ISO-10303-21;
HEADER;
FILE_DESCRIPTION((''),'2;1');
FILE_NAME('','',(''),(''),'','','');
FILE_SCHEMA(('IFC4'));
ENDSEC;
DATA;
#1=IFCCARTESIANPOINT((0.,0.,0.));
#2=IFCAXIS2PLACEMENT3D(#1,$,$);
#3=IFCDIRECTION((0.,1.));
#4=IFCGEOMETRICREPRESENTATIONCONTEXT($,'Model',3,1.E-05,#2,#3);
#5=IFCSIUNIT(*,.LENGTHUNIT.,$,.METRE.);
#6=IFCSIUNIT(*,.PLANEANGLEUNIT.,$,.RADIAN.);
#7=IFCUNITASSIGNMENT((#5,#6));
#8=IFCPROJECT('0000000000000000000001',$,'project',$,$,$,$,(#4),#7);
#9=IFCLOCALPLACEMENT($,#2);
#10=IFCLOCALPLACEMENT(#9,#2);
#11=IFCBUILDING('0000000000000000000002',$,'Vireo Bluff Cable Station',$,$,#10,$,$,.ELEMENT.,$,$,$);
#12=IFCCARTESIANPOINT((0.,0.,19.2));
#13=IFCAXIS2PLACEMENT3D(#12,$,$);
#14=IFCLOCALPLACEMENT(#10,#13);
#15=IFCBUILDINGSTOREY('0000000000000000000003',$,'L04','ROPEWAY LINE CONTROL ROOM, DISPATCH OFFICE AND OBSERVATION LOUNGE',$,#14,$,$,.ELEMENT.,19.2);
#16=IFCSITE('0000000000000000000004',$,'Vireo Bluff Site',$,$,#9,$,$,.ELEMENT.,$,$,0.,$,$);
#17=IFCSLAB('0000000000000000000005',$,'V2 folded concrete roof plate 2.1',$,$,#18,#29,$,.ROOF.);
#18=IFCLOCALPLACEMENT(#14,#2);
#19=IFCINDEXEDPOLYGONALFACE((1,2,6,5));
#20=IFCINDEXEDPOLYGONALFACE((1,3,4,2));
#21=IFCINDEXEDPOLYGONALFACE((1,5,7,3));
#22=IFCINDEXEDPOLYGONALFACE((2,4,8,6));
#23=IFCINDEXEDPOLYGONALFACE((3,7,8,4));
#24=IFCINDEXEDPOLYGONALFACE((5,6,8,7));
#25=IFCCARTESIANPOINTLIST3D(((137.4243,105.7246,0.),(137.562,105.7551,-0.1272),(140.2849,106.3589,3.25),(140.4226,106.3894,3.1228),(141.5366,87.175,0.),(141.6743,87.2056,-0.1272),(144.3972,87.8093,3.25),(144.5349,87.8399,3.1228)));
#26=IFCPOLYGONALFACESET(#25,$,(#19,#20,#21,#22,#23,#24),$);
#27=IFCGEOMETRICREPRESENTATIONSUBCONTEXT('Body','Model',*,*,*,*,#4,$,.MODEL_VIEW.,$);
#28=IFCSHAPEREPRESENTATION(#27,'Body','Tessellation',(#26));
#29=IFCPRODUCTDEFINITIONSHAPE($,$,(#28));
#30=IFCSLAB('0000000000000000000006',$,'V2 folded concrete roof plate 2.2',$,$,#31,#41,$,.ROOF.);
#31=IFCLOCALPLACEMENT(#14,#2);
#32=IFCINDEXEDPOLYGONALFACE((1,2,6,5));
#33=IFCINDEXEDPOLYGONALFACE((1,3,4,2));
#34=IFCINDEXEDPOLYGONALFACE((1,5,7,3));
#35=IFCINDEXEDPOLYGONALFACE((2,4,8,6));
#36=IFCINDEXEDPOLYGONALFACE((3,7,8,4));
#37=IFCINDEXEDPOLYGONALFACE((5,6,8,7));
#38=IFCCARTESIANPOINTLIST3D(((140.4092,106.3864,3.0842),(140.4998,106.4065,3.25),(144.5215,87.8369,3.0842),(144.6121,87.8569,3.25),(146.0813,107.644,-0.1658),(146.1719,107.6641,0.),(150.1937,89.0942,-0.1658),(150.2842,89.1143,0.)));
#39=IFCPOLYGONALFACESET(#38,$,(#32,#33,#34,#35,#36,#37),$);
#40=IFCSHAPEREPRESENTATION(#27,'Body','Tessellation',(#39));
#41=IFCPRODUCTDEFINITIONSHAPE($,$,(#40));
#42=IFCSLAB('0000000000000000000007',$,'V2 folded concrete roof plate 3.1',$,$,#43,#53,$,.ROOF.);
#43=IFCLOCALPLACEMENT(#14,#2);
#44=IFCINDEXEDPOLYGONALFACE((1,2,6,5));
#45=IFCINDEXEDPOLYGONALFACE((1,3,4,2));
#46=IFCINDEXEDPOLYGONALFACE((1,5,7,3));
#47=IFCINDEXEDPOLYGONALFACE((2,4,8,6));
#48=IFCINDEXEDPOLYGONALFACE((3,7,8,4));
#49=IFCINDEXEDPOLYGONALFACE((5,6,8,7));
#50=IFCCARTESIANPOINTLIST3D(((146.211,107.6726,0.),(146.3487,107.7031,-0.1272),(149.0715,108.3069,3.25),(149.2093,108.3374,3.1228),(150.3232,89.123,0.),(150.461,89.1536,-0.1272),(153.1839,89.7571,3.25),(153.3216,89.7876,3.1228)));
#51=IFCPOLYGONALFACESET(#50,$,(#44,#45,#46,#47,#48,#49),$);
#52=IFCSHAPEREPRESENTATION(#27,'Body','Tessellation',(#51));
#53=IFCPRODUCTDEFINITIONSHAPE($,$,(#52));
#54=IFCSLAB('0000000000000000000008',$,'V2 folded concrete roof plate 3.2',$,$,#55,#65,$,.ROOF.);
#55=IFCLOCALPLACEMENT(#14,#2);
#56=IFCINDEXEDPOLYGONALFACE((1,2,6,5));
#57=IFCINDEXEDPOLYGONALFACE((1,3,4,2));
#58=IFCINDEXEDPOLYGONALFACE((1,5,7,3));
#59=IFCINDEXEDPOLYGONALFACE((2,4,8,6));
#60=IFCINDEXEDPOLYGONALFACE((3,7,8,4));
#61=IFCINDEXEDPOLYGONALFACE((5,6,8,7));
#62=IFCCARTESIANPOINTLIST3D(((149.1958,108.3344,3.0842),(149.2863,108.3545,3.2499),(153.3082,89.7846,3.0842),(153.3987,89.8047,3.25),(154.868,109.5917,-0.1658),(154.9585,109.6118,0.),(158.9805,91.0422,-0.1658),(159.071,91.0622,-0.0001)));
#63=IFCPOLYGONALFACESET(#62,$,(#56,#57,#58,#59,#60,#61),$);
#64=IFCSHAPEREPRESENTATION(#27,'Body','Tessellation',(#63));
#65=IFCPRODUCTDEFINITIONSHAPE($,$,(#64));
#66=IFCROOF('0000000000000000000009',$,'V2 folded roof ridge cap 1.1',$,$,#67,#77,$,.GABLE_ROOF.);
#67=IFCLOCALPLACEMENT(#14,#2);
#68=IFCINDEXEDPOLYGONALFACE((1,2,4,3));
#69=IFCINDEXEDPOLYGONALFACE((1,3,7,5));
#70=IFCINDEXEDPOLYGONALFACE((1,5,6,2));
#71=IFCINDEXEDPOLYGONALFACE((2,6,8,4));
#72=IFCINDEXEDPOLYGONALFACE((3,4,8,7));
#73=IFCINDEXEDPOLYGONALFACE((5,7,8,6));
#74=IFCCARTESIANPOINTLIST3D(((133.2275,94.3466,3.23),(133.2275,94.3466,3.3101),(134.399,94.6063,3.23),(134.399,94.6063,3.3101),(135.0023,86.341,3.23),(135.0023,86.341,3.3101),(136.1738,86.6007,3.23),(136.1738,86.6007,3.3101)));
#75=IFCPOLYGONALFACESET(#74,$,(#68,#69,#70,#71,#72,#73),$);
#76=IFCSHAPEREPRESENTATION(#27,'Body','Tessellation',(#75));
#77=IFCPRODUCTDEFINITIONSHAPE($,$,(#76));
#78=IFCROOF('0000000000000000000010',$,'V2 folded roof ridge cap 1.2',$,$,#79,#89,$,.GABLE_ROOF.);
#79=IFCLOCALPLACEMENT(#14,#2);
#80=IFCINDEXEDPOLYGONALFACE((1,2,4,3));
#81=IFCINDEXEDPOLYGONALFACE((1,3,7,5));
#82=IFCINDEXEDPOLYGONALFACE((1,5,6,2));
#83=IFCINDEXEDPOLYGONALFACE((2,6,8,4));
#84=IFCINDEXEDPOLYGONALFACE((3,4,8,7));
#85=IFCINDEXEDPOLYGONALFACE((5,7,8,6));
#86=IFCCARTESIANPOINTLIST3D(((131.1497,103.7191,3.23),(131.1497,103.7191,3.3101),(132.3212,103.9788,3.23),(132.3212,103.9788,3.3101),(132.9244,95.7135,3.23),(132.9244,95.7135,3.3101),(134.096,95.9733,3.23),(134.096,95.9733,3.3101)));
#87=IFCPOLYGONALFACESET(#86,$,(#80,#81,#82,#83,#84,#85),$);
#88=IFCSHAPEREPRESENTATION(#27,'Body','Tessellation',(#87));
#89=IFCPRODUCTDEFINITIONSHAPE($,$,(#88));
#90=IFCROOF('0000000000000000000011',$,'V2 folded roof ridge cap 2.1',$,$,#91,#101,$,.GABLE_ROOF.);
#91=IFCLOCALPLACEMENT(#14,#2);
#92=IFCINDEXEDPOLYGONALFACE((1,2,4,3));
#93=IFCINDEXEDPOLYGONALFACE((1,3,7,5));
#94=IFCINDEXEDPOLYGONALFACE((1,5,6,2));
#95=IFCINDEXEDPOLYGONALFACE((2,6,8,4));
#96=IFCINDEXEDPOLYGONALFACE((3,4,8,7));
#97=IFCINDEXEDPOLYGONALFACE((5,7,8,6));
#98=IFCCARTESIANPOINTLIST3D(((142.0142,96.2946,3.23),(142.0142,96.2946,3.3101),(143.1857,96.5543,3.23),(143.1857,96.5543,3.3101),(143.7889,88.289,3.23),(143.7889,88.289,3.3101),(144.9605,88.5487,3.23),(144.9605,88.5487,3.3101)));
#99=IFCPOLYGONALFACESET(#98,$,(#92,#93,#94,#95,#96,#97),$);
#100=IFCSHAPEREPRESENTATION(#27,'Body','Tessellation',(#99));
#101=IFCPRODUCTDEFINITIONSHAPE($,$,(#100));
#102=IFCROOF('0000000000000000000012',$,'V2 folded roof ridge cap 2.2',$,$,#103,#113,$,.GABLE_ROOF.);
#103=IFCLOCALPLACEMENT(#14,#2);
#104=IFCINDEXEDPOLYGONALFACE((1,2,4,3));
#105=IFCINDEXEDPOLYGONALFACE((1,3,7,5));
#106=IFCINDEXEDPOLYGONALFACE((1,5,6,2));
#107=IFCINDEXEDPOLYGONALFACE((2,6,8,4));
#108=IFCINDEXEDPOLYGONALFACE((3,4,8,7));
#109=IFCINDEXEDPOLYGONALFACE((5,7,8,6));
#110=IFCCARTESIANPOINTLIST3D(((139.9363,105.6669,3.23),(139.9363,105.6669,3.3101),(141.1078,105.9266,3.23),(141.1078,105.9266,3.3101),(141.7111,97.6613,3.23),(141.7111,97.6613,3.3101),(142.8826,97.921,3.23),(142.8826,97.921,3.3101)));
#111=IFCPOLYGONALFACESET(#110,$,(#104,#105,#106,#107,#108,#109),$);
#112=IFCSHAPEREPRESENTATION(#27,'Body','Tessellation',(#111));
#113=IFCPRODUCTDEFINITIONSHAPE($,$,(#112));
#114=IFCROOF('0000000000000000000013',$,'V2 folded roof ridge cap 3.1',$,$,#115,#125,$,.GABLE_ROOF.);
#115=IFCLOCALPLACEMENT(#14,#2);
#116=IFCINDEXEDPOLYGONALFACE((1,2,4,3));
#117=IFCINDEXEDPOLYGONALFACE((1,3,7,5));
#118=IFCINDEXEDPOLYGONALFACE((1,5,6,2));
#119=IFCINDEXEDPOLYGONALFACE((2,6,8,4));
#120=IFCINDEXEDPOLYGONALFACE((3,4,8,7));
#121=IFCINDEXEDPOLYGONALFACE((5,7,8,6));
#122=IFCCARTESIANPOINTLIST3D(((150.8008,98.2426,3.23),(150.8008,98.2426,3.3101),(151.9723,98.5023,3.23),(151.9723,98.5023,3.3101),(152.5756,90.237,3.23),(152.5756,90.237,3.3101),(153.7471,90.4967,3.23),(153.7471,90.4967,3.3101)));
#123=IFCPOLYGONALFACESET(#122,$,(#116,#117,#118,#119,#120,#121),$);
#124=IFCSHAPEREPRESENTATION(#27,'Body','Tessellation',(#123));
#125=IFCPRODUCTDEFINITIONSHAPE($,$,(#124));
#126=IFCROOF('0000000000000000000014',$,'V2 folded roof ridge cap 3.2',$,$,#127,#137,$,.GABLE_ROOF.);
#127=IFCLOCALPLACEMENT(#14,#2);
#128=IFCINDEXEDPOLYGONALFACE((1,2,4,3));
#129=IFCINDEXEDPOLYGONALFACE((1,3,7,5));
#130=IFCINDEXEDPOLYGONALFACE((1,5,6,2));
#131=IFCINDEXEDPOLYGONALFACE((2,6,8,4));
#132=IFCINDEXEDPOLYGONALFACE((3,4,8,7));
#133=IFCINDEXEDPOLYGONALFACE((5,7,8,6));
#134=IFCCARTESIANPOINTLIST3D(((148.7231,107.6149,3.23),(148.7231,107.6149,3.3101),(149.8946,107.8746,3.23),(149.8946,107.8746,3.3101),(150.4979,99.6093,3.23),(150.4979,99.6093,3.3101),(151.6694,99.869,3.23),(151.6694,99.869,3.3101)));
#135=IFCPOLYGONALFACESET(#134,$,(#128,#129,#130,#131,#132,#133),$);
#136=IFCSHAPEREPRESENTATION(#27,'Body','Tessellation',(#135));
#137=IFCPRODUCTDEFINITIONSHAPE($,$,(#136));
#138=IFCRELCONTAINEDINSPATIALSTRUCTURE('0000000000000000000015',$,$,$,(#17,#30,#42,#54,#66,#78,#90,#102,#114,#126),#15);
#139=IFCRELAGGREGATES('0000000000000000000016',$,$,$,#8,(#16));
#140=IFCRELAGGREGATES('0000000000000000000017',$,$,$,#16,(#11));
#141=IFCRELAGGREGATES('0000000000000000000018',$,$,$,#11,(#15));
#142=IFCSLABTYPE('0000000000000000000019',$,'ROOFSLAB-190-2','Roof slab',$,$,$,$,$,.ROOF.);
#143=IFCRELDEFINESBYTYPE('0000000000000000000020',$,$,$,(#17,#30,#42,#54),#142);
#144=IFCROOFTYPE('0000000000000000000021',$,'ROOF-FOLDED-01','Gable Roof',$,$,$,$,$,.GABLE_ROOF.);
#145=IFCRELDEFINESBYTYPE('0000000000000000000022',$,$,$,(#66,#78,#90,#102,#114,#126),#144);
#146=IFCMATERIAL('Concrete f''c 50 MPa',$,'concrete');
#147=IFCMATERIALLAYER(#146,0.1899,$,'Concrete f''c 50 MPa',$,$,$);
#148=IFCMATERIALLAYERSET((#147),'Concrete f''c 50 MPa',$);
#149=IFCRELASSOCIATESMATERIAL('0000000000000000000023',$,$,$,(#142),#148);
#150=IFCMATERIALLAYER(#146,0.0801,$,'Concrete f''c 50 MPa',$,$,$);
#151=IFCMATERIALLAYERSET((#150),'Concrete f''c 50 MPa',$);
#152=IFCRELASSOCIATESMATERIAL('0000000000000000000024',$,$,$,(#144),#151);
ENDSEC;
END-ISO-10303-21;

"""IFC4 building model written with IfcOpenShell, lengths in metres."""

from ifc_helpers import new_model, si_unit, direction, frame, origin, origin_2d, place, context, subcontext, project, spatial, polyline, rectangle, outline, extrude, material, layer, layer_set, type_object, element, save


model = new_model("IFC4")

# Units and contexts
model_context = context("Model", 3, precision=1e-05, world=origin(), true_north=direction((0.0, 1.0)))
body_context = subcontext(model_context, "Body", "Model", "MODEL_VIEW")
ifc_project = project(units=[si_unit("LENGTHUNIT", "METRE"), si_unit("PLANEANGLEUNIT", "RADIAN")], contexts=[model_context])

# Site, building, storey
site_placement = place(None, origin())
site = spatial("IfcSite", under=ifc_project, at=site_placement, Name="Vireo Bluff Site", CompositionType="ELEMENT", RefElevation=0.0)
building_placement = place(site_placement, origin())
building = spatial("IfcBuilding", under=site, at=building_placement, Name="Vireo Bluff Cable Station", CompositionType="ELEMENT")
storey_placement = place(building_placement, frame((0.0, 0.0, 19.2)))
storey = spatial("IfcBuildingStorey", under=building, at=storey_placement, Name="L04", Description="ROPEWAY LINE CONTROL ROOM, DISPATCH OFFICE AND OBSERVATION LOUNGE", CompositionType="ELEMENT", Elevation=19.2)

# Slabs
ifc_material_1 = material(Name="Concrete f'c 50 MPa", Category="concrete")
ifc_layer_1 = layer(ifc_material_1, 0.1899, Name="Concrete f'c 50 MPa")
ifc_layer_set_1 = layer_set([ifc_layer_1], Name="Concrete f'c 50 MPa")
slab_type = type_object("IfcSlabType", Name="ROOFSLAB-190-2", Description="Roof slab", PredefinedType="ROOF", material=ifc_layer_set_1)
slab_1_placement = place(storey_placement, frame((141.5366, 87.175, 0.0), z_axis=(-0.725113, -0.160752, 0.669605), x_axis=(0.653728, 0.14495, 0.742718)))
element("IfcSlab", 1, at=slab_1_placement, inside=storey, type_object=slab_type, Name="V2 folded concrete roof plate 2.1", PredefinedType="ROOF", context=body_context, shape_type="SweptSolid", body=[
    extrude(outline(polyline([(0.0, 0.0), (4.3758, 0.0), (4.3763, 18.9999), (0.0004, 18.9999), (0.0, 0.0)])), origin(), (0.0, 0.0, -1.0), 0.1899),
])
slab_2_placement = place(storey_placement, frame((144.6121, 87.8569, 3.25), z_axis=(0.476631, 0.105665, 0.87273), x_axis=(0.852048, 0.188871, -0.488203)))
element("IfcSlab", 2, at=slab_2_placement, inside=storey, type_object=slab_type, Name="V2 folded concrete roof plate 2.2", PredefinedType="ROOF", context=body_context, shape_type="SweptSolid", body=[
    extrude(outline(polyline([(0.0, 0.0), (6.657, 0.0), (6.6567, 19.0002), (-0.0004, 18.9999), (0.0, 0.0)])), origin(), (0.0, 0.0, -1.0), 0.1899),
])
slab_3_placement = place(storey_placement, frame((150.3232, 89.123, 0.0), z_axis=(-0.725116, -0.160752, 0.669601), x_axis=(0.653736, 0.144897, 0.742721)))
element("IfcSlab", 3, at=slab_3_placement, inside=storey, type_object=slab_type, Name="V2 folded concrete roof plate 3.1", PredefinedType="ROOF", context=body_context, shape_type="SweptSolid", body=[
    extrude(outline(polyline([(0.0, 0.0), (4.3758, 0.0), (4.3752, 19.0002), (-0.0006, 18.9999), (0.0, 0.0)])), origin(), (0.0, 0.0, -1.0), 0.1899),
])
slab_4_placement = place(storey_placement, frame((153.3987, 89.8047, 3.25), z_axis=(0.476622, 0.105666, 0.872735), x_axis=(0.852046, 0.188899, -0.488195)))
element("IfcSlab", 4, at=slab_4_placement, inside=storey, type_object=slab_type, Name="V2 folded concrete roof plate 3.2", PredefinedType="ROOF", context=body_context, shape_type="SweptSolid", body=[
    extrude(outline(polyline([(0.0, 0.0), (6.6573, 0.0), (6.6572, 19.0), (0.0002, 19.0002), (0.0, 0.0)])), origin(), (0.0, 0.0, -1.0), 0.1899),
])

# Roofs
ifc_layer_2 = layer(ifc_material_1, 0.0801, Name="Concrete f'c 50 MPa")
ifc_layer_set_2 = layer_set([ifc_layer_2], Name="Concrete f'c 50 MPa")
roof_type = type_object("IfcRoofType", Name="ROOF-FOLDED-01", Description="Gable Roof", PredefinedType="GABLE_ROOF", material=ifc_layer_set_2)
for number, where, z_axis, x_axis, name in (
    (5, (134.7007, 90.4736, 3.23), (0.0, 0.0, 1.0), (0.976296, 0.21644, 0.0), "V2 folded roof ridge cap 1.1"),
    (6, (132.6228, 99.8462, 3.23), (0.0, 0.0, 1.0), (0.976296, 0.21644, 0.0), "V2 folded roof ridge cap 1.2"),
    (7, (143.4873, 92.4216, 3.23), (0.0, 0.0, 1.0), (0.976296, 0.21644, 0.0), "V2 folded roof ridge cap 2.1"),
    (8, (141.4094, 101.7939, 3.23), (0.0, 0.0, 1.0), (0.976296, 0.21644, 0.0), "V2 folded roof ridge cap 2.2"),
    (9, (152.2739, 94.3696, 3.23), (0.0, 0.0, 1.0), (0.976296, 0.21644, 0.0), "V2 folded roof ridge cap 3.1"),
    (10, (150.1963, 103.7419, 3.23), (0.0, 0.0, 1.0), (0.976296, 0.21644, 0.0), "V2 folded roof ridge cap 3.2"),
):
    element("IfcRoof", number, at=place(storey_placement, frame(where, z_axis=z_axis, x_axis=x_axis)), inside=storey, type_object=roof_type, Name=name, PredefinedType="GABLE_ROOF", context=body_context, shape_type="SweptSolid", body=[
        extrude(rectangle(XDim=1.2, YDim=8.2, at=origin_2d()), origin(), (0.0, 0.0, 1.0), 0.0801),
    ])

save(model, "model.ifc")
